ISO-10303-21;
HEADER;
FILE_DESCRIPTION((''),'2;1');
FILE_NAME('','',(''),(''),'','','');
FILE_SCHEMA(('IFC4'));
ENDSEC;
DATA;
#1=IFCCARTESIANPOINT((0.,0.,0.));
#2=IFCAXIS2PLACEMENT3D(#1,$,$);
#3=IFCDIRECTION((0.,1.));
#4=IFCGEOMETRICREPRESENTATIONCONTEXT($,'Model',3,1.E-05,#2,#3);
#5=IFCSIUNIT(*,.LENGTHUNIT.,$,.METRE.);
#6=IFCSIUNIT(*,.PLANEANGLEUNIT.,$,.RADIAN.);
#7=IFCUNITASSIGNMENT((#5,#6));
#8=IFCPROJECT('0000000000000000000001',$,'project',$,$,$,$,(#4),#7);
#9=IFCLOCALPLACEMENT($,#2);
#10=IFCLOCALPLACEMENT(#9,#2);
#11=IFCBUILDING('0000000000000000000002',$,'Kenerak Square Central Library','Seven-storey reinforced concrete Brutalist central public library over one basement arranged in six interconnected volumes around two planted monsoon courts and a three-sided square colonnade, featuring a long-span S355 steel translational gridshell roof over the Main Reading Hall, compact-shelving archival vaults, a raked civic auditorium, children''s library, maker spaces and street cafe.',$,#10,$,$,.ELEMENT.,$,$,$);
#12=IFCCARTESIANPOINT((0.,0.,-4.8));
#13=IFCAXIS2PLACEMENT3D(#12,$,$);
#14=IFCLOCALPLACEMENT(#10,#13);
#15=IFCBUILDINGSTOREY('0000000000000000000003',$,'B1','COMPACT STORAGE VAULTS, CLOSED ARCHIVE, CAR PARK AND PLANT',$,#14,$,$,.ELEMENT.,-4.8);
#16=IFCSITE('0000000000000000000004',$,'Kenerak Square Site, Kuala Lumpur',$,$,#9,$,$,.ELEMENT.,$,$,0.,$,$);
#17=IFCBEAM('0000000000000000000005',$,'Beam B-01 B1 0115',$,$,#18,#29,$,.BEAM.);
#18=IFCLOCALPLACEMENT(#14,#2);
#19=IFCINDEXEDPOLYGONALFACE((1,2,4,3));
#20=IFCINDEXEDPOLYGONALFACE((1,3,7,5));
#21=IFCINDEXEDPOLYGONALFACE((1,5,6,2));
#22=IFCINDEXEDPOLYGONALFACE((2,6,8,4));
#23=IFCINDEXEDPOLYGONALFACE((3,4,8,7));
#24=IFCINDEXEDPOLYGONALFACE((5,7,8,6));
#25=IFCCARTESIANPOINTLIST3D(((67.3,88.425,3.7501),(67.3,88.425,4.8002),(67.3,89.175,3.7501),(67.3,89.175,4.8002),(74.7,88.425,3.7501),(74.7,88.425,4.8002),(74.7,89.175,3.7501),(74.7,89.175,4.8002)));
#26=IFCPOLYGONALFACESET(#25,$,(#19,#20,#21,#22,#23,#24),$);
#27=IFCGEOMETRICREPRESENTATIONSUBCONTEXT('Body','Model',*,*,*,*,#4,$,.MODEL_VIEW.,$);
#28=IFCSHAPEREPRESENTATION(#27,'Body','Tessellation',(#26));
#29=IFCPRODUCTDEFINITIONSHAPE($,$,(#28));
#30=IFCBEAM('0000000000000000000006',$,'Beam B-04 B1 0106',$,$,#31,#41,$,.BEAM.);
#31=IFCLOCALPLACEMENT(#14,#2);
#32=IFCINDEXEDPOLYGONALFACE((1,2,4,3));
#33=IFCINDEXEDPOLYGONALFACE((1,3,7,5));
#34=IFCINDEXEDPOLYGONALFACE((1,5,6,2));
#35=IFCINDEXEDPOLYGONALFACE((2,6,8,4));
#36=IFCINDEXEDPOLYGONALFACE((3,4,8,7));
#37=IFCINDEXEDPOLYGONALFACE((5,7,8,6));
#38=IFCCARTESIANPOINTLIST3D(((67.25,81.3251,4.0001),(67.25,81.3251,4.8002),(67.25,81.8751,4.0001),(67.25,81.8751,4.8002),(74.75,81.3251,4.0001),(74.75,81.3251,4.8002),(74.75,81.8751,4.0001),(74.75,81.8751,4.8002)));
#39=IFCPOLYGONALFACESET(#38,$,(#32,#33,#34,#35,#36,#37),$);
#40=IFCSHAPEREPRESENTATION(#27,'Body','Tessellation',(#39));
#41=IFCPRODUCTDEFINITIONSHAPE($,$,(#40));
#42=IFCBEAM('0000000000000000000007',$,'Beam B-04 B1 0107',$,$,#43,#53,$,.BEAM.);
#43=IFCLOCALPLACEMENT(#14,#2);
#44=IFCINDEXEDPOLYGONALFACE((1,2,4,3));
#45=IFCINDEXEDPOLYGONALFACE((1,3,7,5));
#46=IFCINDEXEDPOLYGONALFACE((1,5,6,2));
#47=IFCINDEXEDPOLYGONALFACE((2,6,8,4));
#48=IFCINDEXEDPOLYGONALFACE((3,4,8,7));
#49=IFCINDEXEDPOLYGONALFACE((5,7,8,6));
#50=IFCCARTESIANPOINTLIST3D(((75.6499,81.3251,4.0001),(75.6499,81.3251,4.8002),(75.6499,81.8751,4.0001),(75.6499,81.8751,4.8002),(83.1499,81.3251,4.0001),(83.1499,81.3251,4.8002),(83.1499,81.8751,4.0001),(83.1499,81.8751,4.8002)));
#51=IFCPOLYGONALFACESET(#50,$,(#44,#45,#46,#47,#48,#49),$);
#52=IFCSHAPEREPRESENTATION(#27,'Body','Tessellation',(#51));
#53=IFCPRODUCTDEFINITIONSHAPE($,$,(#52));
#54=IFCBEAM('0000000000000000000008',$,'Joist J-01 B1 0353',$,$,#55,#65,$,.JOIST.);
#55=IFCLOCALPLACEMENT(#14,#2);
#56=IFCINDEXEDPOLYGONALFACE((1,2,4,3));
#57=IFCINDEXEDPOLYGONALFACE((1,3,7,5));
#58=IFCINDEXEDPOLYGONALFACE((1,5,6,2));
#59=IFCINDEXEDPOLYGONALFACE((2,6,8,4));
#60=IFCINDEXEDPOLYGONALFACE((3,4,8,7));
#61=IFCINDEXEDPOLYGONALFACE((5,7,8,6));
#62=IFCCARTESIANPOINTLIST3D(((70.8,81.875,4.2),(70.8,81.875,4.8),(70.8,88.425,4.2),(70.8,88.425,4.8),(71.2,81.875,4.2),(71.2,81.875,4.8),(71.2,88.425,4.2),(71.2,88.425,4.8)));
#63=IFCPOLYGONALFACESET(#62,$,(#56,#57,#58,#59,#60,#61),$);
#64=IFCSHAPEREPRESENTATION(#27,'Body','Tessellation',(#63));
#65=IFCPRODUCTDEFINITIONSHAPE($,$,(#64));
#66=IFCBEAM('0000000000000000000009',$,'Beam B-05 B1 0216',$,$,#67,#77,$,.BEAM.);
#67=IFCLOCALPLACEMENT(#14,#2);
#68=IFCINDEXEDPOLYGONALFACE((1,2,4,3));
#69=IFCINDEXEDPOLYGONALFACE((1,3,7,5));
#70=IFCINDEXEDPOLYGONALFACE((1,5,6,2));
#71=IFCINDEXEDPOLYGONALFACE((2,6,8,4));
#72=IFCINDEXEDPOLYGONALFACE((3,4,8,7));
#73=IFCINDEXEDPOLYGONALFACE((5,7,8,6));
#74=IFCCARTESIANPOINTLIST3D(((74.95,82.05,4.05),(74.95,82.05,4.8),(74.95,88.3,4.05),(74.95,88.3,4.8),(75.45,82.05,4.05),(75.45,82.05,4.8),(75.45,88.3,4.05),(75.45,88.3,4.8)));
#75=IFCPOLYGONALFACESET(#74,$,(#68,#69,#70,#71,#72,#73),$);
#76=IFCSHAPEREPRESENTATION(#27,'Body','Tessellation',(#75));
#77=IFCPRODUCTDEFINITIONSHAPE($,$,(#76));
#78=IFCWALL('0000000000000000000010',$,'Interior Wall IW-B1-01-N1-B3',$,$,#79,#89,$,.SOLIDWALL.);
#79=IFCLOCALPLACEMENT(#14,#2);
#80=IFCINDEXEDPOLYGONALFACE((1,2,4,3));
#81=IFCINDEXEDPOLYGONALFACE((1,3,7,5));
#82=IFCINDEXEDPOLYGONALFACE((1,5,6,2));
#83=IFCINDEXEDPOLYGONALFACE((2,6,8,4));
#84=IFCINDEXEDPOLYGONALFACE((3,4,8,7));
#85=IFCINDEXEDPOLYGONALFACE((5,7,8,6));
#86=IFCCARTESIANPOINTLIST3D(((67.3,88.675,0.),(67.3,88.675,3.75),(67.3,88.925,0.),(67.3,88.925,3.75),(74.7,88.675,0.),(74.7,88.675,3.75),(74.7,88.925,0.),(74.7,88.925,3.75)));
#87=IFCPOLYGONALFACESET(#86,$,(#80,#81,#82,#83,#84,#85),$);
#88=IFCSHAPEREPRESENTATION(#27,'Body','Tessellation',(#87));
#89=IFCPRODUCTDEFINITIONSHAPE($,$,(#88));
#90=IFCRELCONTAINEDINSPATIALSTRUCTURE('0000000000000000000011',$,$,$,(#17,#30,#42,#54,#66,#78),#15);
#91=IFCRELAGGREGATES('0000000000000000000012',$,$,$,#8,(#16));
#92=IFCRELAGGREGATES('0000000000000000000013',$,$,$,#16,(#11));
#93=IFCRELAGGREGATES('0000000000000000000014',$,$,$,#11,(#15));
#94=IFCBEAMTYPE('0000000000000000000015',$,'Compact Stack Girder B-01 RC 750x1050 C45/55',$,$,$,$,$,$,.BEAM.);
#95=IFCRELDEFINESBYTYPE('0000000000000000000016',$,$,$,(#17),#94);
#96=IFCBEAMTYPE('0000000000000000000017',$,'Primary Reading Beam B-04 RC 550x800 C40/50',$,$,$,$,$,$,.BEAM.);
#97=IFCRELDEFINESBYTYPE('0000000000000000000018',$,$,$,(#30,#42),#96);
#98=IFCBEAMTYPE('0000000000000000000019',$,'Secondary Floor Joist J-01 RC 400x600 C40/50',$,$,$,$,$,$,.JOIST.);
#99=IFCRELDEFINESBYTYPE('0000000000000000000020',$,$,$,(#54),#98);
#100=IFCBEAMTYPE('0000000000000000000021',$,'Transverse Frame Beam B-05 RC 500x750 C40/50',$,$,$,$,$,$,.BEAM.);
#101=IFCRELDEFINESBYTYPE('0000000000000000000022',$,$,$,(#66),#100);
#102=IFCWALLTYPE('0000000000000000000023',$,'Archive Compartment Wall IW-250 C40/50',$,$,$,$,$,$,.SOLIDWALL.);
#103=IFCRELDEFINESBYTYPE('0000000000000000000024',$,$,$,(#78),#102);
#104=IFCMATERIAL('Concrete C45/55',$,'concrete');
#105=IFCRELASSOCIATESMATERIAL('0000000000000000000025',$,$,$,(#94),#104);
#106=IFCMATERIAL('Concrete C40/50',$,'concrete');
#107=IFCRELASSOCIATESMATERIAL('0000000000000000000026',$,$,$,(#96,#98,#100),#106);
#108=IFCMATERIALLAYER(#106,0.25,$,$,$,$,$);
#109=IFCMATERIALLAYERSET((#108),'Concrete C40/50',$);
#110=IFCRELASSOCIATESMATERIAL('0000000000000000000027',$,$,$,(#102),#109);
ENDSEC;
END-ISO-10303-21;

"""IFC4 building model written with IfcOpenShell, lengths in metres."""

from ifc_helpers import new_model, si_unit, direction, frame, frame_2d, origin, origin_2d, place, context, subcontext, project, spatial, rectangle, extrude, material, layer, layer_set, material_profile, profile_set, type_object, element, save


model = new_model("IFC4")

# Units and contexts
model_context = context("Model", 3, precision=1e-05, world=origin(), true_north=direction((0.0, 1.0)))
body_context = subcontext(model_context, "Body", "Model", "MODEL_VIEW")
ifc_project = project(units=[si_unit("LENGTHUNIT", "METRE"), si_unit("PLANEANGLEUNIT", "RADIAN")], contexts=[model_context])

# Site, building, storey
site_placement = place(None, origin())
site = spatial("IfcSite", under=ifc_project, at=site_placement, Name="Kenerak Square Site, Kuala Lumpur", CompositionType="ELEMENT", RefElevation=0.0)
building_placement = place(site_placement, origin())
building = spatial("IfcBuilding", under=site, at=building_placement, Name="Kenerak Square Central Library", Description="Seven-storey reinforced concrete Brutalist central public library over one basement arranged in six interconnected volumes around two planted monsoon courts and a three-sided square colonnade, featuring a long-span S355 steel translational gridshell roof over the Main Reading Hall, compact-shelving archival vaults, a raked civic auditorium, children's library, maker spaces and street cafe.", CompositionType="ELEMENT")
storey_placement = place(building_placement, frame((0.0, 0.0, -4.8)))
storey = spatial("IfcBuildingStorey", under=building, at=storey_placement, Name="B1", Description="COMPACT STORAGE VAULTS, CLOSED ARCHIVE, CAR PARK AND PLANT", CompositionType="ELEMENT", Elevation=-4.8)

# Shared definitions
ifc_material_1 = material(Name="Concrete C40/50", Category="concrete")

# Shared definitions
ifc_material_2 = material(Name="Concrete C45/55", Category="concrete")

# Beams
ifc_material_profile_1 = material_profile(ifc_material_2, rectangle(XDim=0.75, YDim=1.05, at=origin_2d()), Name="RC 750x1050")
ifc_profile_set_1 = profile_set([ifc_material_profile_1], Name="Concrete C45/55")
beam_type_1 = type_object("IfcBeamType", Name="Compact Stack Girder B-01 RC 750x1050 C45/55", PredefinedType="BEAM", material=ifc_profile_set_1)
beam_1_placement = place(storey_placement, frame((67.3, 88.8, 4.2751), z_axis=(1.0, 0.0, 0.0), x_axis=(0.0, 1.0, 0.0)))
element("IfcBeam", 1, at=beam_1_placement, inside=storey, type_object=beam_type_1, Name="Beam B-01 B1 0115", PredefinedType="BEAM", context=body_context, shape_type="SweptSolid", body=[
    extrude(rectangle(XDim=0.75, YDim=1.05, at=origin_2d()), origin(), (0.0, 0.0, 1.0), 7.3999),
])
ifc_material_profile_2 = material_profile(ifc_material_1, rectangle(XDim=0.55, YDim=0.8, at=origin_2d()), Name="RC 550x800")
ifc_profile_set_2 = profile_set([ifc_material_profile_2], Name="Concrete C40/50")
beam_type_2 = type_object("IfcBeamType", Name="Primary Reading Beam B-04 RC 550x800 C40/50", PredefinedType="BEAM", material=ifc_profile_set_2)
for number, where, z_axis, x_axis, name in (
    (2, (67.25, 81.6001, 4.4001), (1.0, 0.0, 0.0), (0.0, 1.0, 0.0), "Beam B-04 B1 0106"),
    (3, (75.6499, 81.6001, 4.4001), (1.0, 0.0, 0.0), (0.0, 1.0, 0.0), "Beam B-04 B1 0107"),
):
    element("IfcBeam", number, at=place(storey_placement, frame(where, z_axis=z_axis, x_axis=x_axis)), inside=storey, type_object=beam_type_2, Name=name, PredefinedType="BEAM", context=body_context, shape_type="SweptSolid", body=[
        extrude(rectangle(XDim=0.55, YDim=0.8, at=origin_2d()), origin(), (0.0, 0.0, 1.0), 7.5),
    ])
ifc_material_profile_3 = material_profile(ifc_material_1, rectangle(XDim=0.3999, YDim=0.6001, at=origin_2d()), Name="RC 400x600")
ifc_profile_set_3 = profile_set([ifc_material_profile_3], Name="Concrete C40/50")
beam_type_3 = type_object("IfcBeamType", Name="Secondary Floor Joist J-01 RC 400x600 C40/50", PredefinedType="JOIST", material=ifc_profile_set_3)
beam_2_placement = place(storey_placement, frame((71.0, 81.875, 4.5), z_axis=(0.0, 1.0, 0.0), x_axis=(-1.0, 0.0, 0.0)))
element("IfcBeam", 4, at=beam_2_placement, inside=storey, type_object=beam_type_3, Name="Joist J-01 B1 0353", PredefinedType="JOIST", context=body_context, shape_type="SweptSolid", body=[
    extrude(rectangle(XDim=0.3999, YDim=0.6001, at=origin_2d()), origin(), (0.0, 0.0, 1.0), 6.55),
])
ifc_material_profile_4 = material_profile(ifc_material_1, rectangle(XDim=0.5, YDim=0.75, at=origin_2d()), Name="RC 500x750")
ifc_profile_set_4 = profile_set([ifc_material_profile_4], Name="Concrete C40/50")
beam_type_4 = type_object("IfcBeamType", Name="Transverse Frame Beam B-05 RC 500x750 C40/50", PredefinedType="BEAM", material=ifc_profile_set_4)
beam_3_placement = place(storey_placement, frame((75.2, 82.05, 4.425), z_axis=(0.0, 1.0, 0.0), x_axis=(-1.0, 0.0, 0.0)))
element("IfcBeam", 5, at=beam_3_placement, inside=storey, type_object=beam_type_4, Name="Beam B-05 B1 0216", PredefinedType="BEAM", context=body_context, shape_type="SweptSolid", body=[
    extrude(rectangle(XDim=0.5, YDim=0.75, at=origin_2d()), origin(), (0.0, 0.0, 1.0), 6.25),
])

# Wall
ifc_layer = layer(ifc_material_1, 0.25)
ifc_layer_set = layer_set([ifc_layer], Name="Concrete C40/50")
wall_type = type_object("IfcWallType", Name="Archive Compartment Wall IW-250 C40/50", PredefinedType="SOLIDWALL", material=ifc_layer_set)
wall_placement = place(storey_placement, frame((67.3, 88.8, 0.0), z_axis=(0.0, 0.0, 1.0), x_axis=(1.0, 0.0, 0.0)))
element("IfcWall", 6, at=wall_placement, inside=storey, type_object=wall_type, Name="Interior Wall IW-B1-01-N1-B3", PredefinedType="SOLIDWALL", context=body_context, shape_type="SweptSolid", body=[
    extrude(rectangle(XDim=7.3999, YDim=0.25, at=frame_2d((3.7, 0.0))), origin(), (0.0, 0.0, 1.0), 3.75),
])

save(model, "model.ifc")
